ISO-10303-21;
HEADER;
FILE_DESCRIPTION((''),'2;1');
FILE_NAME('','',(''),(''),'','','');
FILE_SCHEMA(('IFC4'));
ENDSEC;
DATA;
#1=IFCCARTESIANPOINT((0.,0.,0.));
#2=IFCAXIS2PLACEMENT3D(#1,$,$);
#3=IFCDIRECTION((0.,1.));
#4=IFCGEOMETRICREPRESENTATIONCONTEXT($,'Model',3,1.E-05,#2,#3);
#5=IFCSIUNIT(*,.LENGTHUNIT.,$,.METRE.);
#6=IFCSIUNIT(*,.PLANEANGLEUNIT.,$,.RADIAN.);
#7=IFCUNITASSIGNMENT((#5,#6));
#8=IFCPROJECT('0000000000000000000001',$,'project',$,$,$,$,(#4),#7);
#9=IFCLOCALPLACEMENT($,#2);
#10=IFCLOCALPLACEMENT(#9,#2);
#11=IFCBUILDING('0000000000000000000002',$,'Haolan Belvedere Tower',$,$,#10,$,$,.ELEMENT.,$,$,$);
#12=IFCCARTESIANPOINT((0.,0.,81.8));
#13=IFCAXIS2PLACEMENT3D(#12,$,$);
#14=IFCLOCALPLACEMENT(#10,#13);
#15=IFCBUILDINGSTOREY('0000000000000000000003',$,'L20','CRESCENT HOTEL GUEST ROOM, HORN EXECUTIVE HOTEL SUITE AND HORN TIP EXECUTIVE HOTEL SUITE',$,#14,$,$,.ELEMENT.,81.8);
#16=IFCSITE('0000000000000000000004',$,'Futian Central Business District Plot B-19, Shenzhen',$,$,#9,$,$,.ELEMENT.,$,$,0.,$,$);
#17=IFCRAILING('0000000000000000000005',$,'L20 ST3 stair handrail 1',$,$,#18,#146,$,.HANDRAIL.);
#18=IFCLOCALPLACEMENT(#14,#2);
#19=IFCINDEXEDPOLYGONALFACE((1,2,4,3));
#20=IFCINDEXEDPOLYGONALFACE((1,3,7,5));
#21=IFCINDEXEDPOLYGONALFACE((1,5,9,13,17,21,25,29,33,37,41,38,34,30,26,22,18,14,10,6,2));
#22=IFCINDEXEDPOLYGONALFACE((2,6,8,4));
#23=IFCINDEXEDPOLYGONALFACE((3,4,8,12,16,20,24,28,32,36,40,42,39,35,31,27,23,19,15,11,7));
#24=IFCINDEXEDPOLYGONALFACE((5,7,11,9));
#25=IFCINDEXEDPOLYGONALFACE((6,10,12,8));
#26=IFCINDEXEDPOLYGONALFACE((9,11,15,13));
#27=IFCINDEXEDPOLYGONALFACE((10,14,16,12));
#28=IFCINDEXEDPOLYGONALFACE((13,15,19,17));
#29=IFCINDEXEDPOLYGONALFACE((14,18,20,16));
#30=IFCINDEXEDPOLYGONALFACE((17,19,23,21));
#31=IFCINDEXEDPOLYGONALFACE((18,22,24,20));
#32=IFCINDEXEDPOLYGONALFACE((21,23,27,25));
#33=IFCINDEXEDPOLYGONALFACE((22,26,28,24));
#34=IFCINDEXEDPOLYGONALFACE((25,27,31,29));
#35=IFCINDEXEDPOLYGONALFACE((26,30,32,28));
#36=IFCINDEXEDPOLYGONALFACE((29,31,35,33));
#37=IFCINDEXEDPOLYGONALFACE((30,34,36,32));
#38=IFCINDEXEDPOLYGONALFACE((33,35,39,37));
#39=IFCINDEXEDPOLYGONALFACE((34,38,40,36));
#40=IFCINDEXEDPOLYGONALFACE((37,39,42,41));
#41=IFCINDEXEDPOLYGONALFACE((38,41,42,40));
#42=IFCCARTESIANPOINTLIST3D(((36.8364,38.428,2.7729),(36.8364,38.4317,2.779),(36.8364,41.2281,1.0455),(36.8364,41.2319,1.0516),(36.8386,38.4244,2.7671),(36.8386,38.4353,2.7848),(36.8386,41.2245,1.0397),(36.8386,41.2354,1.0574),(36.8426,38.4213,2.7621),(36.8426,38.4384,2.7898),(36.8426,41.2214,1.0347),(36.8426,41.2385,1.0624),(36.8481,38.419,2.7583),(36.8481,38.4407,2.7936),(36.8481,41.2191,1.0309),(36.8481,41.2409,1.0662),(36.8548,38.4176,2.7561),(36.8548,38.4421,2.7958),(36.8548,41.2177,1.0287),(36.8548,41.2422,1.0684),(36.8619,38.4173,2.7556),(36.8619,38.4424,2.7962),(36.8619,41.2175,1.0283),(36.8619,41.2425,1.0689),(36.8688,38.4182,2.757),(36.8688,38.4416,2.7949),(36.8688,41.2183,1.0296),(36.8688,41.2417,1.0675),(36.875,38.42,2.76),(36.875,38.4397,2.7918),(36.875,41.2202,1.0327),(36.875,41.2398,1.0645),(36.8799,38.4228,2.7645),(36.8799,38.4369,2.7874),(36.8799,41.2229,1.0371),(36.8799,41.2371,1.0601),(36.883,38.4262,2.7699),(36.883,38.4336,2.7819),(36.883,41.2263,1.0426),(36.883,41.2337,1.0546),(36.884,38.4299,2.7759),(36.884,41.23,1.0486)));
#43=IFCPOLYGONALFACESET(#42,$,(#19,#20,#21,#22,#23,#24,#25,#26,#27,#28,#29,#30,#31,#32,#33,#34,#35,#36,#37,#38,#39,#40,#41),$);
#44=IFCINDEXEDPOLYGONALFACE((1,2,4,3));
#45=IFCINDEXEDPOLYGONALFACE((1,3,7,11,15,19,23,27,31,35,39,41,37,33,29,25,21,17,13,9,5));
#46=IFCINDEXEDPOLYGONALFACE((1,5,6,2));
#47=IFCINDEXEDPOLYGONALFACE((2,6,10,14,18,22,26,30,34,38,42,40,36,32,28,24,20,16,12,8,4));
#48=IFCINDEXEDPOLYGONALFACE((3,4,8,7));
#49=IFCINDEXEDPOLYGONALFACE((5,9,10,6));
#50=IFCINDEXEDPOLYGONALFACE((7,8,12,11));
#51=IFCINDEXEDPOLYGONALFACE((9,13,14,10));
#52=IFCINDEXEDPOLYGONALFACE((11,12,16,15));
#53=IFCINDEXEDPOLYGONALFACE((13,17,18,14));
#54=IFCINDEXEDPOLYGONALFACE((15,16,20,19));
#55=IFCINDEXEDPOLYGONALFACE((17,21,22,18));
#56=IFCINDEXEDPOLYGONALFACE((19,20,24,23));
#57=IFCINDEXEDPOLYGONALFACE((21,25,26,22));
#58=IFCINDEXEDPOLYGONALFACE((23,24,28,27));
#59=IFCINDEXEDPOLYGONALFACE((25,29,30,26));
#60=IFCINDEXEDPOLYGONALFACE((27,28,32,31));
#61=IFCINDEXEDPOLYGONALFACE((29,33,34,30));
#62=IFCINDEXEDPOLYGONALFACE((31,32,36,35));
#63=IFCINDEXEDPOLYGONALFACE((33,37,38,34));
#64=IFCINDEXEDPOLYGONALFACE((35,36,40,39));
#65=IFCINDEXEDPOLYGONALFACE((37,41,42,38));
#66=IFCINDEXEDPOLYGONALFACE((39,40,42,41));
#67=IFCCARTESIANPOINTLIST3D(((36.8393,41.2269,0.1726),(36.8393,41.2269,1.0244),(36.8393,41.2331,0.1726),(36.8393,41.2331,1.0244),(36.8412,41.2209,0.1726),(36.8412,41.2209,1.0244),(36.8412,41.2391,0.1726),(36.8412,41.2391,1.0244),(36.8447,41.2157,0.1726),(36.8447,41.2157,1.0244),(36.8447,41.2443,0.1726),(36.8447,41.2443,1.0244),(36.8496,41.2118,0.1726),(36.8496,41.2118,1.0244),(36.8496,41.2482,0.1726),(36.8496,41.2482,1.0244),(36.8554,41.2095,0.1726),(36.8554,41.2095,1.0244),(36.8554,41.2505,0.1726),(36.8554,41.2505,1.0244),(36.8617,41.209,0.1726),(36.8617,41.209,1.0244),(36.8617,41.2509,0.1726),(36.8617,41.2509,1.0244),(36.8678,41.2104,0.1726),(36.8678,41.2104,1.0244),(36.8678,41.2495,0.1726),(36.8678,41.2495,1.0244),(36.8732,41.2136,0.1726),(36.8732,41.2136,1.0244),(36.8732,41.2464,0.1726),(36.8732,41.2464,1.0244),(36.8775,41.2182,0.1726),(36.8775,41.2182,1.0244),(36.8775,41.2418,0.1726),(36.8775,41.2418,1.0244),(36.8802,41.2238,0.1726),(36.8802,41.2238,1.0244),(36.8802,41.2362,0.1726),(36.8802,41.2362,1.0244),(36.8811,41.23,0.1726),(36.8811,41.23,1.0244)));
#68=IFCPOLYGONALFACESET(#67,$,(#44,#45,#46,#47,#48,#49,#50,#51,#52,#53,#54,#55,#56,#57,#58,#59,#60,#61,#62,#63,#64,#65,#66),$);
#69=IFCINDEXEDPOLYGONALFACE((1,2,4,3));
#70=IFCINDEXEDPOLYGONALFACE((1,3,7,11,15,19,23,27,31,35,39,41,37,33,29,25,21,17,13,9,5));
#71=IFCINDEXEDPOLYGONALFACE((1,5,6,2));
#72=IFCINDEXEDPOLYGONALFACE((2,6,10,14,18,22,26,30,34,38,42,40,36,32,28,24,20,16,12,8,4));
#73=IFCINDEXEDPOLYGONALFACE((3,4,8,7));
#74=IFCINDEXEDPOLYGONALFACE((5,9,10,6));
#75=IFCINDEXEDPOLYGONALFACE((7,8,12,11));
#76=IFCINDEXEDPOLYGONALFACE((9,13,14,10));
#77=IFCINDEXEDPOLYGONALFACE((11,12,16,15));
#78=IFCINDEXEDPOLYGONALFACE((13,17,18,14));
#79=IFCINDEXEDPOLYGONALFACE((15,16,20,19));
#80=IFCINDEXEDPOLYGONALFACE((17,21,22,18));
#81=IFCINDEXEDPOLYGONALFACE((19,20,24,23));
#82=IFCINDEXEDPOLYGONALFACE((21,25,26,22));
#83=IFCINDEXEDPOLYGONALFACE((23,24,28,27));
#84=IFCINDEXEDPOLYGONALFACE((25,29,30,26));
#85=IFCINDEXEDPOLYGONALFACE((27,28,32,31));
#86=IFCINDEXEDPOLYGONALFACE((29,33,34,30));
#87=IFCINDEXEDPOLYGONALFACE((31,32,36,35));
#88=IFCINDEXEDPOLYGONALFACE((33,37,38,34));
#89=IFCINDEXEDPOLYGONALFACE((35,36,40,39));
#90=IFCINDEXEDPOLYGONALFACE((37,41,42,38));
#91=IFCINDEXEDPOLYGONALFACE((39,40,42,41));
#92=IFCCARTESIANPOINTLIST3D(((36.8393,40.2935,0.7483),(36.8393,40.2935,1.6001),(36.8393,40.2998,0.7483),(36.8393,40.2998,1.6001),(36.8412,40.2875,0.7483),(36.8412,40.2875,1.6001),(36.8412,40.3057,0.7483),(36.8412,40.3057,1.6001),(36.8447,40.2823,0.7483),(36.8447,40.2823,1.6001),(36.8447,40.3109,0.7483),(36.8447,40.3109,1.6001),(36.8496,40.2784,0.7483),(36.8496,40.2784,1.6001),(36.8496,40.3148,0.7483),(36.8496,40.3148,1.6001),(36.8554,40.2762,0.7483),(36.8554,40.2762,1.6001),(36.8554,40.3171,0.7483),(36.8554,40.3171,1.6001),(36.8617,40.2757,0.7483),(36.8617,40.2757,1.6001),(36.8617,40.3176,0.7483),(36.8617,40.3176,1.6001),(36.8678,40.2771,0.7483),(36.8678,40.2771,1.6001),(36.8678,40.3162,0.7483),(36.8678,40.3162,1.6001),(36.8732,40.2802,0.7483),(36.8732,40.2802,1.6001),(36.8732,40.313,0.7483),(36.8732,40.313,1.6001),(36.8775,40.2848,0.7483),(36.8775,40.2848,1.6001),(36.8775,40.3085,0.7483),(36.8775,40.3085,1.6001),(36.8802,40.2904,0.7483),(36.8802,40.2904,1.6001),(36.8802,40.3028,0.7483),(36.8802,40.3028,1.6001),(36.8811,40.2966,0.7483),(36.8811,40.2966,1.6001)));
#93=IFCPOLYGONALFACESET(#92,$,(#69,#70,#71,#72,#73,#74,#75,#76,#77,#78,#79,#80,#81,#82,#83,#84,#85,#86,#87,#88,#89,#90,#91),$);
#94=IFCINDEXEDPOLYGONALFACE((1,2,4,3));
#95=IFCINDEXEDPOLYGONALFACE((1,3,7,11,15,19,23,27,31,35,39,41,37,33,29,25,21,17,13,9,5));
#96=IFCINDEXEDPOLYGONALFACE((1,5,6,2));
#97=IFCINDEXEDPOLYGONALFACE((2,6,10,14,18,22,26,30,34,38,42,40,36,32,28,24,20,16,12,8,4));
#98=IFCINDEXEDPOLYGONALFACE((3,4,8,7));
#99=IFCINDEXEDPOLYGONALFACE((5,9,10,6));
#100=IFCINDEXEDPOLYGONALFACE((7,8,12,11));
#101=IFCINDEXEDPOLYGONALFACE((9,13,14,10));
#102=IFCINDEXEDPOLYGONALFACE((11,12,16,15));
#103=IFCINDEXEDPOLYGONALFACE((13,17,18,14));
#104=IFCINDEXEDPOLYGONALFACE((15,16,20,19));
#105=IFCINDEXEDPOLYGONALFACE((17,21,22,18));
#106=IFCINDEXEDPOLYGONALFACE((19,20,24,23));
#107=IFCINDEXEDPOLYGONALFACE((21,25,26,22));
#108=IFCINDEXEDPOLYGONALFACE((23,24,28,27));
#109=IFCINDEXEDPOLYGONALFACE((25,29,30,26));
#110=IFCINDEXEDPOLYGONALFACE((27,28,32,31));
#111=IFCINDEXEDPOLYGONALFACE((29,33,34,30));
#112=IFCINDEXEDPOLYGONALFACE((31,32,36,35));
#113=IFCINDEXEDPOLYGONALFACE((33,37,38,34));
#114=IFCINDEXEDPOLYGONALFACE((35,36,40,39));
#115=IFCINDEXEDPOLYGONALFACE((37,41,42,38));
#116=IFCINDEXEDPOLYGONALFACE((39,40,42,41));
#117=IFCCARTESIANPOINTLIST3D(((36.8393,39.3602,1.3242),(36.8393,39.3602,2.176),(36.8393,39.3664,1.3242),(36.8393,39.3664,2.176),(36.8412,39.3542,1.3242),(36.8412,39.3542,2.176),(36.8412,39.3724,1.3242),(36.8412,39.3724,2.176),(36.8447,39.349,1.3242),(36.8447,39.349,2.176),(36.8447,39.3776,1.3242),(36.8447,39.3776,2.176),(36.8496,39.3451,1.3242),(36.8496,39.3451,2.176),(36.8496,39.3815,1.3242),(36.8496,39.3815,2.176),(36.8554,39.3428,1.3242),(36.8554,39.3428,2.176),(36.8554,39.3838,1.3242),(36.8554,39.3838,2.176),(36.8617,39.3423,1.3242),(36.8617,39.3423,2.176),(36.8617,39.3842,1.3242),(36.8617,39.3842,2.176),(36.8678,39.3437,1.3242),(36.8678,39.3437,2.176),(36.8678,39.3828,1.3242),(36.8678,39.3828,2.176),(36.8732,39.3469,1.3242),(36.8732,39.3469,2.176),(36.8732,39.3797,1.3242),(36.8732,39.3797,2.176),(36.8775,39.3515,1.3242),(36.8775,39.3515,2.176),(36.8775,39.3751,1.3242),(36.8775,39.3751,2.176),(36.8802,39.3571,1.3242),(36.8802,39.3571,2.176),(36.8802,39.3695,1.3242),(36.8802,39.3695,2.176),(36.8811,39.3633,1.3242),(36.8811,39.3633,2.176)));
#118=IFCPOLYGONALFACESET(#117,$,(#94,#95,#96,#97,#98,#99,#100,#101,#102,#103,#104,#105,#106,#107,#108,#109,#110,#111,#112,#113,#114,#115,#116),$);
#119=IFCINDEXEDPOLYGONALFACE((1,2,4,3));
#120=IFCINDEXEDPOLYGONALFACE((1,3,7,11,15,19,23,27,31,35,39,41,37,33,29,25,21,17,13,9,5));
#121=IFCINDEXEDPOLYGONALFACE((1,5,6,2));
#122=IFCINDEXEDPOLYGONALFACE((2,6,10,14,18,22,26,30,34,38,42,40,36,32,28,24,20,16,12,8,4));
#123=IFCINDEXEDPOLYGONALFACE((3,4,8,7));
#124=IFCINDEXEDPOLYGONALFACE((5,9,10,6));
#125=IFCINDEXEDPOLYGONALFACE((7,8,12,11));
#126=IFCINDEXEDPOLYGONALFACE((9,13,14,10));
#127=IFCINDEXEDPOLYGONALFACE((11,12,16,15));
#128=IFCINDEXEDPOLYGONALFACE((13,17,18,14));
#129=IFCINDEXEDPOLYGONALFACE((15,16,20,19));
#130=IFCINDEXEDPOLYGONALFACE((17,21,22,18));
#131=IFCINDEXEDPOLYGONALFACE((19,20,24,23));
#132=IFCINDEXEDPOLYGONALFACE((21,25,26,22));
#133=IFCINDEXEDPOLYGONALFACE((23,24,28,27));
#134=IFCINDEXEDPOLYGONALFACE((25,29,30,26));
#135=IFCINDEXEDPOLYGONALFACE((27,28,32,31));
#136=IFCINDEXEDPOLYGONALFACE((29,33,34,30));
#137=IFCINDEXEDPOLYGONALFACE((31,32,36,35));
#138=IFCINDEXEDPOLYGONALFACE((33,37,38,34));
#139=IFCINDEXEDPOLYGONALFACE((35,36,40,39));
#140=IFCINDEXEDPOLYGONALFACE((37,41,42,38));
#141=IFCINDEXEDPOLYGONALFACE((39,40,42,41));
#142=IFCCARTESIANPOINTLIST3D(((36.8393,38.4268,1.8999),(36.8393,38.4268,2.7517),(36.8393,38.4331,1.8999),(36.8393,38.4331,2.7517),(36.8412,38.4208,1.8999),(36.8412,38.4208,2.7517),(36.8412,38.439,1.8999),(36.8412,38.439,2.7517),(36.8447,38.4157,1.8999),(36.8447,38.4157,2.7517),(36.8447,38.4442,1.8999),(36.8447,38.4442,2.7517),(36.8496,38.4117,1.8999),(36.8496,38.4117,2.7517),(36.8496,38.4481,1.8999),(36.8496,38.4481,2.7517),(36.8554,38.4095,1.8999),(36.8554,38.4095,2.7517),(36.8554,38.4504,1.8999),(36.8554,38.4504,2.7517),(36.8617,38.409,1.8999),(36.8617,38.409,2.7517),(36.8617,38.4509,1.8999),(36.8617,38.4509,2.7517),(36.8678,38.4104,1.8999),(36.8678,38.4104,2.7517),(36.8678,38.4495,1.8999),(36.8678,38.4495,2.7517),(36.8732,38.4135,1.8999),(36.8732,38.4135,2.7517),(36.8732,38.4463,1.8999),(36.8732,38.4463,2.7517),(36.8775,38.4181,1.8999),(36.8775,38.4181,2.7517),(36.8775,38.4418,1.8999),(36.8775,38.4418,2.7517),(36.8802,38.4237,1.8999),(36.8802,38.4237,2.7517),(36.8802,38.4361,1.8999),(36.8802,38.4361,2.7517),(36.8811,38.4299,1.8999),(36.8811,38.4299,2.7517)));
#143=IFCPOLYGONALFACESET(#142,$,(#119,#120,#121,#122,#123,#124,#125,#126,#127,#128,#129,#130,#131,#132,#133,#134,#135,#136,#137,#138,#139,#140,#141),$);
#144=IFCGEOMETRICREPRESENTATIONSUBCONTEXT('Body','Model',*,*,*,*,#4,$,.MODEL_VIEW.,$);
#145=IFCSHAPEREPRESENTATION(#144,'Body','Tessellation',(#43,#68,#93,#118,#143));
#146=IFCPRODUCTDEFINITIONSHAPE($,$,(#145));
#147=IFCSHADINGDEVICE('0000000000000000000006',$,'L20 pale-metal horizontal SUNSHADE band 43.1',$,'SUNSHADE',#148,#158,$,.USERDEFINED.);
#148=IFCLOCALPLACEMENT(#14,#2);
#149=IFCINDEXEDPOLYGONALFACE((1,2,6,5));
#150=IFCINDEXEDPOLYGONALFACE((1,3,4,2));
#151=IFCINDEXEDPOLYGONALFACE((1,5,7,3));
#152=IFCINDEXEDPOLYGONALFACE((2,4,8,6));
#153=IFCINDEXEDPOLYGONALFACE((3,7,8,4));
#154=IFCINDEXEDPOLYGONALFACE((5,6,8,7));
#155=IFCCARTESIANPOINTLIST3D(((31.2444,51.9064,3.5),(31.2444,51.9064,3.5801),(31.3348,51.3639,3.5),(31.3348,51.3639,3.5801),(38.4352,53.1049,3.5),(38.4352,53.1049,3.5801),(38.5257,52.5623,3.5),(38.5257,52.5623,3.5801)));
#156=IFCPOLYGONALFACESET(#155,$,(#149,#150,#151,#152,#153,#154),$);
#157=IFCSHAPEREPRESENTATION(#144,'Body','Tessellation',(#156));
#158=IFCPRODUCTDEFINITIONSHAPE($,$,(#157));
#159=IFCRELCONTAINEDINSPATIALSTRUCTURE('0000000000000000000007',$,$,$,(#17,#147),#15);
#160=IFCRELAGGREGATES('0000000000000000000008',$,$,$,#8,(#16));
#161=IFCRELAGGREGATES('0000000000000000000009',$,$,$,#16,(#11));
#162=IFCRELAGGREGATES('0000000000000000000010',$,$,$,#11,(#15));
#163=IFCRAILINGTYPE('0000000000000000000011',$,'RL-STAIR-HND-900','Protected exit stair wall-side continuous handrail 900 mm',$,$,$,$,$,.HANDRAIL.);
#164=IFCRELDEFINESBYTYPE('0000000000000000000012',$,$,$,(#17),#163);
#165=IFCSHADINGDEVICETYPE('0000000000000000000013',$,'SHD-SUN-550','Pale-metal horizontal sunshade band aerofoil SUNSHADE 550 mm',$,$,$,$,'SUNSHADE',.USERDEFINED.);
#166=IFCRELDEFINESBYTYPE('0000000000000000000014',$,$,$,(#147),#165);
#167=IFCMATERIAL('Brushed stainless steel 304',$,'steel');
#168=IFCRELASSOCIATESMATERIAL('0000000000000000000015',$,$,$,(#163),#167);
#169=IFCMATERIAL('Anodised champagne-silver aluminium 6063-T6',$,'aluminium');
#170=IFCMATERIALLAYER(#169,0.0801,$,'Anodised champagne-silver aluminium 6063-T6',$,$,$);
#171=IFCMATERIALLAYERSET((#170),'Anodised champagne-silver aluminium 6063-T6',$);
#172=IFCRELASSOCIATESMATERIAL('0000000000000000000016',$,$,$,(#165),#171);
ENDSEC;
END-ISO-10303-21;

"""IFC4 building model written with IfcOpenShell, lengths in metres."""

from ifc_helpers import new_model, si_unit, direction, frame, origin, origin_2d, place, context, subcontext, project, spatial, rectangle, circle, extrude, material, layer, layer_set, type_object, element, save


model = new_model("IFC4")

# Units and contexts
model_context = context("Model", 3, precision=1e-05, world=origin(), true_north=direction((0.0, 1.0)))
body_context = subcontext(model_context, "Body", "Model", "MODEL_VIEW")
ifc_project = project(units=[si_unit("LENGTHUNIT", "METRE"), si_unit("PLANEANGLEUNIT", "RADIAN")], contexts=[model_context])

# Site, building, storey
site_placement = place(None, origin())
site = spatial("IfcSite", under=ifc_project, at=site_placement, Name="Futian Central Business District Plot B-19, Shenzhen", CompositionType="ELEMENT", RefElevation=0.0)
building_placement = place(site_placement, origin())
building = spatial("IfcBuilding", under=site, at=building_placement, Name="Haolan Belvedere Tower", CompositionType="ELEMENT")
storey_placement = place(building_placement, frame((0.0, 0.0, 81.8)))
storey = spatial("IfcBuildingStorey", under=building, at=storey_placement, Name="L20", Description="CRESCENT HOTEL GUEST ROOM, HORN EXECUTIVE HOTEL SUITE AND HORN TIP EXECUTIVE HOTEL SUITE", CompositionType="ELEMENT", Elevation=81.8)

# Railing
ifc_material_1 = material(Name="Brushed stainless steel 304", Category="steel")
railing_type_1 = type_object("IfcRailingType", Name="RL-STAIR-HND-900", Description="Protected exit stair wall-side continuous handrail 900 mm", PredefinedType="HANDRAIL", material=ifc_material_1)
railing_1_placement = place(storey_placement, frame((36.8601, 41.23, 0.1726)))
element("IfcRailing", 1, at=railing_1_placement, inside=storey, type_object=railing_type_1, Name="L20 ST3 stair handrail 1", PredefinedType="HANDRAIL", context=body_context, shape_type="SweptSolid", body=[
    extrude(circle(Radius=0.0239, at=origin_2d()), frame((0.0, 0.0, 0.876), z_axis=(0.0, -0.85109, 0.52502), x_axis=(1.0, 0.0, 0.0)), (0.0, 0.0, 1.0), 3.29),
    extrude(circle(Radius=0.021, at=origin_2d()), origin(), (0.0, 0.0, 1.0), 0.8518),
    extrude(circle(Radius=0.021, at=origin_2d()), frame((0.0, -0.9333, 0.5757)), (0.0, 0.0, 1.0), 0.8518),
    extrude(circle(Radius=0.021, at=origin_2d()), frame((0.0, -1.8667, 1.1516)), (0.0, 0.0, 1.0), 0.8518),
    extrude(circle(Radius=0.021, at=origin_2d()), frame((0.0, -2.8, 1.7273)), (0.0, 0.0, 1.0), 0.8518),
])

# Shading device
ifc_material_2 = material(Name="Anodised champagne-silver aluminium 6063-T6", Category="aluminium")
ifc_layer_1 = layer(ifc_material_2, 0.0801, Name="Anodised champagne-silver aluminium 6063-T6")
ifc_layer_set_1 = layer_set([ifc_layer_1], Name="Anodised champagne-silver aluminium 6063-T6")
shading_device_type = type_object("IfcShadingDeviceType", Name="SHD-SUN-550", Description="Pale-metal horizontal sunshade band aerofoil SUNSHADE 550 mm", ElementType="SUNSHADE", PredefinedType="USERDEFINED", material=ifc_layer_set_1)
shading_device_placement = place(storey_placement, frame((34.885, 52.2344, 3.5), z_axis=(0.0, 0.0, 1.0), x_axis=(-0.986395, -0.164393, 0.0)))
element("IfcShadingDevice", 2, at=shading_device_placement, inside=storey, type_object=shading_device_type, Name="L20 pale-metal horizontal SUNSHADE band 43.1", ObjectType="SUNSHADE", PredefinedType="USERDEFINED", context=body_context, shape_type="SweptSolid", body=[
    extrude(rectangle(XDim=7.29, YDim=0.55, at=origin_2d()), origin(), (0.0, 0.0, 1.0), 0.0801),
])

save(model, "model.ifc")
